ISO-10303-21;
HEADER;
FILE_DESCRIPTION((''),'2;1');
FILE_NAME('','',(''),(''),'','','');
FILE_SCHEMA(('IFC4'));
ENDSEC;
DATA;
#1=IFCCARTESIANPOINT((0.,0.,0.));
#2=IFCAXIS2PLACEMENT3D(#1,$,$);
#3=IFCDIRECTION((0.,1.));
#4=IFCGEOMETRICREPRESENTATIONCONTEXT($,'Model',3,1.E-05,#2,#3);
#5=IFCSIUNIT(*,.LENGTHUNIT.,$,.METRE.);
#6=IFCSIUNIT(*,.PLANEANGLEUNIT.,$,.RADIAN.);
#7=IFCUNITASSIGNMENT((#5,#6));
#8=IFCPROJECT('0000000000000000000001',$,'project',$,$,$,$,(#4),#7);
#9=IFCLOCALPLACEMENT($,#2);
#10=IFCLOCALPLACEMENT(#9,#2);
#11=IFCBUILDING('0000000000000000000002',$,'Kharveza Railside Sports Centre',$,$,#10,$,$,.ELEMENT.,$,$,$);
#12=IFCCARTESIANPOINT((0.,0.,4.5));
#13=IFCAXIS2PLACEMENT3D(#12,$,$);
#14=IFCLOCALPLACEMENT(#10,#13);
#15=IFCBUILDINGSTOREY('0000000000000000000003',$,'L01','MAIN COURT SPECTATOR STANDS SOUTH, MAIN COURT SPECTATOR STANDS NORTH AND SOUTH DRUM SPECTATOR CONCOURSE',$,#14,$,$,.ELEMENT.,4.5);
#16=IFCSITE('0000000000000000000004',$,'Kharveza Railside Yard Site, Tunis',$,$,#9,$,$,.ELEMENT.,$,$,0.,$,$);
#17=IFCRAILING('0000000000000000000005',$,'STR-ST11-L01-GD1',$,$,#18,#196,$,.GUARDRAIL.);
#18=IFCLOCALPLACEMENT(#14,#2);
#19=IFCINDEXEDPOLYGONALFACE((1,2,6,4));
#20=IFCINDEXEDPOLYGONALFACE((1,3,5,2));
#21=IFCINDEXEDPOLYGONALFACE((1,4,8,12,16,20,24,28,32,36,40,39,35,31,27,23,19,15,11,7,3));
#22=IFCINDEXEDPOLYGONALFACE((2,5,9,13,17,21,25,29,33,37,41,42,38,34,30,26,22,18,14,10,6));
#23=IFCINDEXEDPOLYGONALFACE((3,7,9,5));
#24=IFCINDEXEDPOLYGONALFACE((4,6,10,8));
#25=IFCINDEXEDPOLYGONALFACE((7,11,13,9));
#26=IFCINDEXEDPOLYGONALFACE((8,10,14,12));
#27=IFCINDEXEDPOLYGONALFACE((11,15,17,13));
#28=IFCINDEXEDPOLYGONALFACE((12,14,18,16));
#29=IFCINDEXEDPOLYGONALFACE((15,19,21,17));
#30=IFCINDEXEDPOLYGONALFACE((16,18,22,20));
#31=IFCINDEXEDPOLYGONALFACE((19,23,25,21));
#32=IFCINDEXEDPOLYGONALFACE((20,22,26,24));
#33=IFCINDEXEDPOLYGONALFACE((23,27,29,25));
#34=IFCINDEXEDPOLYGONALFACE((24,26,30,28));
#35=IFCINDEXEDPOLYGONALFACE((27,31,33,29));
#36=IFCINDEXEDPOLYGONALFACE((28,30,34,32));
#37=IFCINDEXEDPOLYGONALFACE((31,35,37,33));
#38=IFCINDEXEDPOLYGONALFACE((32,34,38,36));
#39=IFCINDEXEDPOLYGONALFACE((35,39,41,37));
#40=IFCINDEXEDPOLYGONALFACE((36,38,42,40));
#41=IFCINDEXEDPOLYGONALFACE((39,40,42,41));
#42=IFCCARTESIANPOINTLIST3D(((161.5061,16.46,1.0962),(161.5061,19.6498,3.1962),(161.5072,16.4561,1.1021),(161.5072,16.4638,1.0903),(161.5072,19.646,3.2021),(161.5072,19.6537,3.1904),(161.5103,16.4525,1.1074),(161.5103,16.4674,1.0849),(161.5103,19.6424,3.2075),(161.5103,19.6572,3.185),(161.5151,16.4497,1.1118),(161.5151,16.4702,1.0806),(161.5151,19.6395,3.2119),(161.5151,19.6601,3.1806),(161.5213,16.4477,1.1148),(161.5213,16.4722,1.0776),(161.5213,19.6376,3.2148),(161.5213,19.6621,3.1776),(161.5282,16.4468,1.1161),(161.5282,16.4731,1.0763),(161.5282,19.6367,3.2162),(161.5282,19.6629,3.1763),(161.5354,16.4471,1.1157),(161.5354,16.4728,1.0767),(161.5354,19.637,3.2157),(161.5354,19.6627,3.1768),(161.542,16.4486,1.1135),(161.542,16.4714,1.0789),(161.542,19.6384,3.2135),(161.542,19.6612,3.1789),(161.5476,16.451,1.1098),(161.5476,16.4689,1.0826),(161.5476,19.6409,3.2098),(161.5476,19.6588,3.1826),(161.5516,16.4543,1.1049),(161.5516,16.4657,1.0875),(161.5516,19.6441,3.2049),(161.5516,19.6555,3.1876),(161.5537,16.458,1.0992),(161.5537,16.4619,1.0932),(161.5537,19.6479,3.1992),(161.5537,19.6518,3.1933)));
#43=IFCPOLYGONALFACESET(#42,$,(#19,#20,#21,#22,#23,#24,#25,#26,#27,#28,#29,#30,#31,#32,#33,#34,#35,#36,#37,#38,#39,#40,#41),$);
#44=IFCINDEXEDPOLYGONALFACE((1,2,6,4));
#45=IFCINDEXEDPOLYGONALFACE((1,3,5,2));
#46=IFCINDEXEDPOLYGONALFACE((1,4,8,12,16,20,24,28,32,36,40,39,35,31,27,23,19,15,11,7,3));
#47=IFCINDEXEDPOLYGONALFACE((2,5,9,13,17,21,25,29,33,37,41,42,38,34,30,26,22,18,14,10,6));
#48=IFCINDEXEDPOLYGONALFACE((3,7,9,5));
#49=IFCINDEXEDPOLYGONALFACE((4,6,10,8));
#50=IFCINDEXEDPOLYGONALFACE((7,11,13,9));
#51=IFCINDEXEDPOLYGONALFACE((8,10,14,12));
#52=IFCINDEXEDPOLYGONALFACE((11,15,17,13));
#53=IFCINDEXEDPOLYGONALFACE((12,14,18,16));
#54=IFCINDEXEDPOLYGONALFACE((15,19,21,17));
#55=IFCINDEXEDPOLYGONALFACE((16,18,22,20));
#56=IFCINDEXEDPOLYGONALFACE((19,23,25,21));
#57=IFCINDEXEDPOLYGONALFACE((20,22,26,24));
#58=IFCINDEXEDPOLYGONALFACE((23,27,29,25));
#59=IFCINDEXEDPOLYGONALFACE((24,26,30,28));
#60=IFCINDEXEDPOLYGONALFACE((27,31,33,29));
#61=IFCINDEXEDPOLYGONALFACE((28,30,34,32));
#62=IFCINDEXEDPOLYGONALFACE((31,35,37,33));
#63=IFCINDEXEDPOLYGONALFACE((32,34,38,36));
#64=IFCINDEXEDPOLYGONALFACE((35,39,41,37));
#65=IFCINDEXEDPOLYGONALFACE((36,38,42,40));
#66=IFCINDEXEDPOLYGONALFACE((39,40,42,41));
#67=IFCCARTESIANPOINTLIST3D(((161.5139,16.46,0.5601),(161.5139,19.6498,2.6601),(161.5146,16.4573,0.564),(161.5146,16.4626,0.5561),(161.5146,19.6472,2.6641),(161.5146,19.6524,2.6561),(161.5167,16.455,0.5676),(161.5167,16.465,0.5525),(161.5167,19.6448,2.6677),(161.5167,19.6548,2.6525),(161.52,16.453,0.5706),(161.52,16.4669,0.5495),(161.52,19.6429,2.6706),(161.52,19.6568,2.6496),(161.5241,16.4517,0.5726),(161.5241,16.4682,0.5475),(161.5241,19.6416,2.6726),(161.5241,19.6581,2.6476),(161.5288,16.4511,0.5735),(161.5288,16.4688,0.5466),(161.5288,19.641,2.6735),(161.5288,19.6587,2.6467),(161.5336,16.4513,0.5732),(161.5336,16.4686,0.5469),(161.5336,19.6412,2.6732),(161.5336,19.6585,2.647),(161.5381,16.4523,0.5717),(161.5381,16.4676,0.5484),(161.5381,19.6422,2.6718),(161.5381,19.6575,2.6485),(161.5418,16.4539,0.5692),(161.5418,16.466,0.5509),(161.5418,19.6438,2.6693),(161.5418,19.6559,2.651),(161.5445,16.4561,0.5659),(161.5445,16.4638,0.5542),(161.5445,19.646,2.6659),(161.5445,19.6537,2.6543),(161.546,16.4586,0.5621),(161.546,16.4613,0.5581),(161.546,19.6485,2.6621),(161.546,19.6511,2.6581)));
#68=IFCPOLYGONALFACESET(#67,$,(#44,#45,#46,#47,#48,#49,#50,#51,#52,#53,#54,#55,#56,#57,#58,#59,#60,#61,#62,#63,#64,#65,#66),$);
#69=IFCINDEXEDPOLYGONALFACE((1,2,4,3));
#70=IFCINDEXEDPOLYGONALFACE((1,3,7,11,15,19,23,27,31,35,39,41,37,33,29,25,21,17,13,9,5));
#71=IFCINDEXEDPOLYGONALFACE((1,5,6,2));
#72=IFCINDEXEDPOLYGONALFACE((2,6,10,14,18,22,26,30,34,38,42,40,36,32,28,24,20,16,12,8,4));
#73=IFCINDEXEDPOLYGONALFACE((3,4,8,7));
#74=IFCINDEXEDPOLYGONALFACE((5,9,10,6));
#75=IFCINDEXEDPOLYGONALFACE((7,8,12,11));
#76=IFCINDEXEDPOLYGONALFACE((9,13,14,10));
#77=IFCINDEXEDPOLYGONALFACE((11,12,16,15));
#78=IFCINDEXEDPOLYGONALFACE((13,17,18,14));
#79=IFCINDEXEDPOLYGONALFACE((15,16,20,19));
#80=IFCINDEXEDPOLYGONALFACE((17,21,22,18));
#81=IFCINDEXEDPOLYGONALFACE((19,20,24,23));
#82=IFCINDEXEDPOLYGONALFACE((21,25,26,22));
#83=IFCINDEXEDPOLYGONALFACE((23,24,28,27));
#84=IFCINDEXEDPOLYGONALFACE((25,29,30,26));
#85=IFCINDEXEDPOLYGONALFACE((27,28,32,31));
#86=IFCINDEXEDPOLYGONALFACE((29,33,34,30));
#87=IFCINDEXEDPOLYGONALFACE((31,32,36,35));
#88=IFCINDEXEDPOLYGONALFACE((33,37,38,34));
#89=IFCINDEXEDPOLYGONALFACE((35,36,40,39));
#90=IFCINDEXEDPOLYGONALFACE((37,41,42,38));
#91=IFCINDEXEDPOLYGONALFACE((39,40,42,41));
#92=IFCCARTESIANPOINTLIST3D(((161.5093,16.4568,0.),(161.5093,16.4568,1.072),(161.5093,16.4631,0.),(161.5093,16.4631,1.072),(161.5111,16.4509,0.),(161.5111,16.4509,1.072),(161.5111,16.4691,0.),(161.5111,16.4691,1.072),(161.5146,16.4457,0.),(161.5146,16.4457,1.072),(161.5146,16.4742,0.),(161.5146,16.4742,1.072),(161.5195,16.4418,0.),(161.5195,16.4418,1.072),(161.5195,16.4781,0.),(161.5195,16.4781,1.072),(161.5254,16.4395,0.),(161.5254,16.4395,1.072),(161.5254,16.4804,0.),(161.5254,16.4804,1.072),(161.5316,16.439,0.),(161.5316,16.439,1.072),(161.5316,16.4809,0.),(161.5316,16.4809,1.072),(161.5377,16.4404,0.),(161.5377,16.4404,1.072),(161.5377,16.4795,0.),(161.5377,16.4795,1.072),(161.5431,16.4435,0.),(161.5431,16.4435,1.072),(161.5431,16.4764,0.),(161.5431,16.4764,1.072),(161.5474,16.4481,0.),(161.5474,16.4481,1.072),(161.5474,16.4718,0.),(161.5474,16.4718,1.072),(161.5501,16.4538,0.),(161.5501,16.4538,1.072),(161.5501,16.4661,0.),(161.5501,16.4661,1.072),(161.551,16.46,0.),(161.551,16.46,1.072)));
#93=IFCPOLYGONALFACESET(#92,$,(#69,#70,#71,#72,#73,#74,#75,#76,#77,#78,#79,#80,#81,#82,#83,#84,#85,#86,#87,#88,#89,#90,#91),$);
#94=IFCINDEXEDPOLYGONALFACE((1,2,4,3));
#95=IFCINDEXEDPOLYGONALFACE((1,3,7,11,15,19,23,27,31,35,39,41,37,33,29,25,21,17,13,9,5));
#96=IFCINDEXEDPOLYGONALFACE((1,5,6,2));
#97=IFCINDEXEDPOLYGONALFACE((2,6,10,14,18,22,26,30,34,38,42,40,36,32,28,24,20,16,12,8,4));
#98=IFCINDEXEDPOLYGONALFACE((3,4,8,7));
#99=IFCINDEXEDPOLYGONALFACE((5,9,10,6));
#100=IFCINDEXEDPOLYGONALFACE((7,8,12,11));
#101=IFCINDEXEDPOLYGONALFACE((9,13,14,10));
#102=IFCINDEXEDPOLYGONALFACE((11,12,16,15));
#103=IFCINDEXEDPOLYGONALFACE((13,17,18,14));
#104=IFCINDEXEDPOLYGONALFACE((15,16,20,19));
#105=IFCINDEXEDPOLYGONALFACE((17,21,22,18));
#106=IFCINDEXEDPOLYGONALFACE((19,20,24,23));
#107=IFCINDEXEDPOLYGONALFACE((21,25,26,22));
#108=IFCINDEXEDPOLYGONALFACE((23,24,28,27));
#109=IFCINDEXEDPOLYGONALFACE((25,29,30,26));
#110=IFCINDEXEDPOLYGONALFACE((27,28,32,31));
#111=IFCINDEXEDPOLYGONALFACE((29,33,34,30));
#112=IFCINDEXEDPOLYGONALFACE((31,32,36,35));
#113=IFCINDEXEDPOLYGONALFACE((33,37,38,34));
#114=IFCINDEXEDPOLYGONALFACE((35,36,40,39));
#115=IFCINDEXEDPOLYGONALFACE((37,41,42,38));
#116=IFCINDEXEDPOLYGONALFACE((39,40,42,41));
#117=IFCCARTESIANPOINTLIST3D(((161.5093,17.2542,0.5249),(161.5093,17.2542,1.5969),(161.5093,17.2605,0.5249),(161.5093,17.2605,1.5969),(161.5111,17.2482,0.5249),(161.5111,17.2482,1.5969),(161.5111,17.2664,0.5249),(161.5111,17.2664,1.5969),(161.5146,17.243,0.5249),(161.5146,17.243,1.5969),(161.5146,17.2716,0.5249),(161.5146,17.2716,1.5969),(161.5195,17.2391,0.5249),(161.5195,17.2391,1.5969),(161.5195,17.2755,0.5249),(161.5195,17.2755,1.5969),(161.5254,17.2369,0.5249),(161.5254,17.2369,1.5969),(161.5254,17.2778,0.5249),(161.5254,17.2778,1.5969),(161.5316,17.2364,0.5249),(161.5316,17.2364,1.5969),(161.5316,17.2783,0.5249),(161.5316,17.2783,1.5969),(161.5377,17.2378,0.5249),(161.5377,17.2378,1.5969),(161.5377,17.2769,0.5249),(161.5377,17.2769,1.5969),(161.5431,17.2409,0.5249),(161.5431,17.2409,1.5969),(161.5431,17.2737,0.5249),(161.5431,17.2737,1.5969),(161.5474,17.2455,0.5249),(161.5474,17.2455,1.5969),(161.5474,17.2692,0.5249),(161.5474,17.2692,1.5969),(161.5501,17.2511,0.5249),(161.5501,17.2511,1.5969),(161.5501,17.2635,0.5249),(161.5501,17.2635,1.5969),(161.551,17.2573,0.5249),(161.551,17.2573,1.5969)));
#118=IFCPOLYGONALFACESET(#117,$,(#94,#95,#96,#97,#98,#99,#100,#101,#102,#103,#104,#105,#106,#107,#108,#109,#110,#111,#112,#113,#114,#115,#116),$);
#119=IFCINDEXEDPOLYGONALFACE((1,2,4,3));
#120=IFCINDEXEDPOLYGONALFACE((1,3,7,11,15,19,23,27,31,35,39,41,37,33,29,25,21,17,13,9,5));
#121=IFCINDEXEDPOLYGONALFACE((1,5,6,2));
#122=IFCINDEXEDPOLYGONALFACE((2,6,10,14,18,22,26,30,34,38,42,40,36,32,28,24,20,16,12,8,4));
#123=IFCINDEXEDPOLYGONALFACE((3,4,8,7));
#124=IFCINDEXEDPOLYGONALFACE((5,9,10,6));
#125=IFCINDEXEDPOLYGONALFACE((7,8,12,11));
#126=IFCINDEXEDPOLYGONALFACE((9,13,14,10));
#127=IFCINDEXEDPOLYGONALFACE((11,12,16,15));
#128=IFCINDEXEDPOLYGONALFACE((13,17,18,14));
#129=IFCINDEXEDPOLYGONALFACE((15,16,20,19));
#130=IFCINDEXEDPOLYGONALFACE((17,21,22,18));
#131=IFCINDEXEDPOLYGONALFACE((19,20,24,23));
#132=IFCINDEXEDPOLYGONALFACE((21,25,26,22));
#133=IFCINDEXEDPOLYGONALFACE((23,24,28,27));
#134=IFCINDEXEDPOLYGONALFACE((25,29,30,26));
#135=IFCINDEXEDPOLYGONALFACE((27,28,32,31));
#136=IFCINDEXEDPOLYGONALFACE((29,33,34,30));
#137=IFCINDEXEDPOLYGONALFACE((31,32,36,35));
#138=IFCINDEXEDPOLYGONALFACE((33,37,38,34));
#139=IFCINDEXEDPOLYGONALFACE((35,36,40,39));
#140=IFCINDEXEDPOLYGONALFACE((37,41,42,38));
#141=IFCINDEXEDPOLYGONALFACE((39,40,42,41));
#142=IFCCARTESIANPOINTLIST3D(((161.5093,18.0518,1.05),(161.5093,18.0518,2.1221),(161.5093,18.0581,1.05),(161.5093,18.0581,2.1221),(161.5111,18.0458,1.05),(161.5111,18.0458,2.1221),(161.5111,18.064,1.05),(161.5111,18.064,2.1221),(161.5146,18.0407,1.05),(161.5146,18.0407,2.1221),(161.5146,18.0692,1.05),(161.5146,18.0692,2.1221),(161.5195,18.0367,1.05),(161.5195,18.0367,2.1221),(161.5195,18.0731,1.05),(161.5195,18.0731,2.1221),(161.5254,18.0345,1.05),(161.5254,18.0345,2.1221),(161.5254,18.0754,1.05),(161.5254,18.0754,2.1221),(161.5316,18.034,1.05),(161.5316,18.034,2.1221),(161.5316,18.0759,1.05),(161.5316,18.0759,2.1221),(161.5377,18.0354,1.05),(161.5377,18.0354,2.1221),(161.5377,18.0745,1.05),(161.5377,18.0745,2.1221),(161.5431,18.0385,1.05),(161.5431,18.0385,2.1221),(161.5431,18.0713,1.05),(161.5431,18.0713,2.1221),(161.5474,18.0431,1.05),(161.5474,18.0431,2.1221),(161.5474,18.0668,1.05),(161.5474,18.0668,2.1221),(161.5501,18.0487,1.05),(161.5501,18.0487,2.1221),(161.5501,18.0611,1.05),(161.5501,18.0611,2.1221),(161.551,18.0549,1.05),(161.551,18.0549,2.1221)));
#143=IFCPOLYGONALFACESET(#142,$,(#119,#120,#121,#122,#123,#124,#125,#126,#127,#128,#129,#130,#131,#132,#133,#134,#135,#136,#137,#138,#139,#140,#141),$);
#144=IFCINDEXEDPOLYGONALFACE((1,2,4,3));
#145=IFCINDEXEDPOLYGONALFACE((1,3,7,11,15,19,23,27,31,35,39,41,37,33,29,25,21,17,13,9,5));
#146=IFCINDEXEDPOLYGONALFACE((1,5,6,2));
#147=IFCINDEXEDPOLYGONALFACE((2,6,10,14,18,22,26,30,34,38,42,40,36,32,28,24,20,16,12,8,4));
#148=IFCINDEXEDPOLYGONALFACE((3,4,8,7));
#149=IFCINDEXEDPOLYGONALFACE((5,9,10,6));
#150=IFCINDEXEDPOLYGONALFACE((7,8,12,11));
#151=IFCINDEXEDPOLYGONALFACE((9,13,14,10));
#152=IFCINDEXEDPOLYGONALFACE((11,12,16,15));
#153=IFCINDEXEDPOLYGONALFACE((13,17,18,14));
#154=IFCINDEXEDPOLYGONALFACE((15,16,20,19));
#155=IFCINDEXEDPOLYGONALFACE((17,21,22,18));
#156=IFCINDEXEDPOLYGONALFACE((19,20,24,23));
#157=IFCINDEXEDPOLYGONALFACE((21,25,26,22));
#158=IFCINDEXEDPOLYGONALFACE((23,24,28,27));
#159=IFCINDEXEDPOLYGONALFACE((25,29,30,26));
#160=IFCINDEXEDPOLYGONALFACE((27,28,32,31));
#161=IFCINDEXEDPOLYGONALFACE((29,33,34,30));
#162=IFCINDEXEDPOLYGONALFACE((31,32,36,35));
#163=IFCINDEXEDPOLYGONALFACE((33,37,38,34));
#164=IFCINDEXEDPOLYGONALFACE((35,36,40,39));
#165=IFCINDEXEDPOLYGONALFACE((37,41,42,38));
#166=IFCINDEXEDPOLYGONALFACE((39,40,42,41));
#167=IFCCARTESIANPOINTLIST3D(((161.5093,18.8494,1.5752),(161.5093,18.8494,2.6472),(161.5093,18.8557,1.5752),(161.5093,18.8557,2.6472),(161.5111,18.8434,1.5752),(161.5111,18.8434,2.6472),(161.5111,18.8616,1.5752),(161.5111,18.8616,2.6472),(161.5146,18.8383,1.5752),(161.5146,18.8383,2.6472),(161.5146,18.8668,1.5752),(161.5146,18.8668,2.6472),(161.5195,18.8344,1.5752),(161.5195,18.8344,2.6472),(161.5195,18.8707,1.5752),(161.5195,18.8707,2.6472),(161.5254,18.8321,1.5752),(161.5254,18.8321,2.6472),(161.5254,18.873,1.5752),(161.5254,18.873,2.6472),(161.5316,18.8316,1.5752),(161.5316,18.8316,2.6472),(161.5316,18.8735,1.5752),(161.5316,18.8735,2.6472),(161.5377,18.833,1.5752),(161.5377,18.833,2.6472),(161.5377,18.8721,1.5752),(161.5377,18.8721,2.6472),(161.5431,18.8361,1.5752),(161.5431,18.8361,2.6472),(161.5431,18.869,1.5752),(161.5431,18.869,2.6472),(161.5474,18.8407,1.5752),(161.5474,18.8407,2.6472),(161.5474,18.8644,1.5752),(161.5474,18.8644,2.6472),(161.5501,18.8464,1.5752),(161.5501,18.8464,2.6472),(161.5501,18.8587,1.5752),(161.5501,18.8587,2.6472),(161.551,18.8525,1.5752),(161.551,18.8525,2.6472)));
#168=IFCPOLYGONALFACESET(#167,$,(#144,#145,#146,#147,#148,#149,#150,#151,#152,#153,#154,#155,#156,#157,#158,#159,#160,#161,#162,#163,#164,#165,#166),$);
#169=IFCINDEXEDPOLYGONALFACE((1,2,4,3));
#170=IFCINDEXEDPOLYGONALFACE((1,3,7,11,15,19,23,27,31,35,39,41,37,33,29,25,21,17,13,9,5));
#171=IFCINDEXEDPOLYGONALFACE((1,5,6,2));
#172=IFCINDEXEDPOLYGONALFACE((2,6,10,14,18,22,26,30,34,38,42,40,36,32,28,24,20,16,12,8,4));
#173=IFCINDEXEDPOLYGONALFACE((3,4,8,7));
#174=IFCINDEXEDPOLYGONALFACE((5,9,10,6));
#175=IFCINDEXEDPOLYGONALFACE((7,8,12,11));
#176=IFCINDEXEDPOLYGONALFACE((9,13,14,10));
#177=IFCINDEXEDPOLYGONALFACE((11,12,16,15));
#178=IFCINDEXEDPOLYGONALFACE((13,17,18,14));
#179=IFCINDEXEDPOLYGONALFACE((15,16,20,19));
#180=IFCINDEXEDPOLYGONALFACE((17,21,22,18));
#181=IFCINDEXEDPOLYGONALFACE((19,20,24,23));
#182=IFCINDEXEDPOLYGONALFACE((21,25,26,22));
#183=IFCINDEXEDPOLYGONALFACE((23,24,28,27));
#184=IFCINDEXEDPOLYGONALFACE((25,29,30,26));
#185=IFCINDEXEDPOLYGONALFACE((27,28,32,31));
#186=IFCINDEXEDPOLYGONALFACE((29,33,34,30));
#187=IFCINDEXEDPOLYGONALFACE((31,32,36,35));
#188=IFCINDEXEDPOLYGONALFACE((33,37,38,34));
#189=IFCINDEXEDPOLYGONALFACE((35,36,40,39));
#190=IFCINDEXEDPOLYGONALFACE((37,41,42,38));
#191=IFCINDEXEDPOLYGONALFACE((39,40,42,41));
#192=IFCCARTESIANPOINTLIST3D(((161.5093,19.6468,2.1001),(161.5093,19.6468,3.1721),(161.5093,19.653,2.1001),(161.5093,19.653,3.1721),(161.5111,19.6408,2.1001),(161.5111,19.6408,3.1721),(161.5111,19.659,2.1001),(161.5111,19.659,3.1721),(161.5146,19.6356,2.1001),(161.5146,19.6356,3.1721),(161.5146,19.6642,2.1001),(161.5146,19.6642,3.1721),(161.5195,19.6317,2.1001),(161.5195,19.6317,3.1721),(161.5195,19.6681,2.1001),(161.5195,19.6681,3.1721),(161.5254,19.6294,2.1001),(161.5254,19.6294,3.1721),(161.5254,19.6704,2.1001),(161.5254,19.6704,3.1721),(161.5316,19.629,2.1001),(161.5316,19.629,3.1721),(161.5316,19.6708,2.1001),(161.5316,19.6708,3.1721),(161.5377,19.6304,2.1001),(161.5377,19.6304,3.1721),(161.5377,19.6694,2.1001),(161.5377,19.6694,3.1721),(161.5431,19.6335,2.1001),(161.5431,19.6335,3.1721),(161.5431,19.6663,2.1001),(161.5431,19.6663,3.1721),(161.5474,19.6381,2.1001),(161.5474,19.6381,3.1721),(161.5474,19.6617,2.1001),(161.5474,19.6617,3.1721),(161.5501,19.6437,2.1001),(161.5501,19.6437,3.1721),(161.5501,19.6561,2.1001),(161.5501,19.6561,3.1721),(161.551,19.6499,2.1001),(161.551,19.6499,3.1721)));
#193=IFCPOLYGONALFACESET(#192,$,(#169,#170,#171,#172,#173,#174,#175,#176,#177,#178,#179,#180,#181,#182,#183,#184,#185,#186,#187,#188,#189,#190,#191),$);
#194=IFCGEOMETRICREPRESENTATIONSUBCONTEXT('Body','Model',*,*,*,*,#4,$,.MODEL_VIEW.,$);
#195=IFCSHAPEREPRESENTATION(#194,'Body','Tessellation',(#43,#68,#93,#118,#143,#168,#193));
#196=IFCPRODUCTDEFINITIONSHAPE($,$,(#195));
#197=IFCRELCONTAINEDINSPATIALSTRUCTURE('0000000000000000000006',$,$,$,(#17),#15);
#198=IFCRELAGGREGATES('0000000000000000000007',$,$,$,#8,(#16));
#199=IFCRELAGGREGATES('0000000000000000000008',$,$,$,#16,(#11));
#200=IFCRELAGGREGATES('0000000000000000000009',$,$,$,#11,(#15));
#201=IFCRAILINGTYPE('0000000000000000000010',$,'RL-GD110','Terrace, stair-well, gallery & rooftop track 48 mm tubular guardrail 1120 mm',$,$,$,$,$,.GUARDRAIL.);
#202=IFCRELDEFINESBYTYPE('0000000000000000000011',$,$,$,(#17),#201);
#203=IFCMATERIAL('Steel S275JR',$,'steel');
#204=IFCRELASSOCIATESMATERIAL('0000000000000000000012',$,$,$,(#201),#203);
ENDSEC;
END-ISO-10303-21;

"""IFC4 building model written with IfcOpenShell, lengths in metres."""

from ifc_helpers import new_model, si_unit, direction, frame, origin, origin_2d, place, context, subcontext, project, spatial, circle, extrude, material, type_object, element, save


model = new_model("IFC4")

# Units and contexts
model_context = context("Model", 3, precision=1e-05, world=origin(), true_north=direction((0.0, 1.0)))
body_context = subcontext(model_context, "Body", "Model", "MODEL_VIEW")
ifc_project = project(units=[si_unit("LENGTHUNIT", "METRE"), si_unit("PLANEANGLEUNIT", "RADIAN")], contexts=[model_context])

# Site, building, storey
site_placement = place(None, origin())
site = spatial("IfcSite", under=ifc_project, at=site_placement, Name="Kharveza Railside Yard Site, Tunis", CompositionType="ELEMENT", RefElevation=0.0)
building_placement = place(site_placement, origin())
building = spatial("IfcBuilding", under=site, at=building_placement, Name="Kharveza Railside Sports Centre", CompositionType="ELEMENT")
storey_placement = place(building_placement, frame((0.0, 0.0, 4.5)))
storey = spatial("IfcBuildingStorey", under=building, at=storey_placement, Name="L01", Description="MAIN COURT SPECTATOR STANDS SOUTH, MAIN COURT SPECTATOR STANDS NORTH AND SOUTH DRUM SPECTATOR CONCOURSE", CompositionType="ELEMENT", Elevation=4.5)

# Railing
ifc_material_1 = material(Name="Steel S275JR", Category="steel")
railing_type_1 = type_object("IfcRailingType", Name="RL-GD110", Description="Terrace, stair-well, gallery & rooftop track 48 mm tubular guardrail 1120 mm", PredefinedType="GUARDRAIL", material=ifc_material_1)
railing_1_placement = place(storey_placement, frame((161.53, 16.46, 0.0)))
element("IfcRailing", 1, at=railing_1_placement, inside=storey, type_object=railing_type_1, Name="STR-ST11-L01-GD1", PredefinedType="GUARDRAIL", context=body_context, shape_type="SweptSolid", body=[
    extrude(circle(Radius=0.0239, at=origin_2d()), frame((0.0, 0.0, 1.0962), z_axis=(0.0, 0.835242, 0.549882), x_axis=(-1.0, 0.0, 0.0)), (0.0, 0.0, 1.0), 3.8191),
    extrude(circle(Radius=0.0161, at=origin_2d()), frame((0.0, 0.0, 0.5601), z_axis=(0.0, 0.835242, 0.549882), x_axis=(-1.0, 0.0, 0.0)), (0.0, 0.0, 1.0), 3.8191),
    extrude(circle(Radius=0.021, at=origin_2d()), origin(), (0.0, 0.0, 1.0), 1.072),
    extrude(circle(Radius=0.021, at=origin_2d()), frame((0.0, 0.7974, 0.5249)), (0.0, 0.0, 1.0), 1.072),
    extrude(circle(Radius=0.021, at=origin_2d()), frame((0.0, 1.595, 1.05)), (0.0, 0.0, 1.0), 1.072),
    extrude(circle(Radius=0.021, at=origin_2d()), frame((0.0, 2.3926, 1.5752)), (0.0, 0.0, 1.0), 1.072),
    extrude(circle(Radius=0.021, at=origin_2d()), frame((0.0, 3.1899, 2.1001)), (0.0, 0.0, 1.0), 1.072),
])

save(model, "model.ifc")
